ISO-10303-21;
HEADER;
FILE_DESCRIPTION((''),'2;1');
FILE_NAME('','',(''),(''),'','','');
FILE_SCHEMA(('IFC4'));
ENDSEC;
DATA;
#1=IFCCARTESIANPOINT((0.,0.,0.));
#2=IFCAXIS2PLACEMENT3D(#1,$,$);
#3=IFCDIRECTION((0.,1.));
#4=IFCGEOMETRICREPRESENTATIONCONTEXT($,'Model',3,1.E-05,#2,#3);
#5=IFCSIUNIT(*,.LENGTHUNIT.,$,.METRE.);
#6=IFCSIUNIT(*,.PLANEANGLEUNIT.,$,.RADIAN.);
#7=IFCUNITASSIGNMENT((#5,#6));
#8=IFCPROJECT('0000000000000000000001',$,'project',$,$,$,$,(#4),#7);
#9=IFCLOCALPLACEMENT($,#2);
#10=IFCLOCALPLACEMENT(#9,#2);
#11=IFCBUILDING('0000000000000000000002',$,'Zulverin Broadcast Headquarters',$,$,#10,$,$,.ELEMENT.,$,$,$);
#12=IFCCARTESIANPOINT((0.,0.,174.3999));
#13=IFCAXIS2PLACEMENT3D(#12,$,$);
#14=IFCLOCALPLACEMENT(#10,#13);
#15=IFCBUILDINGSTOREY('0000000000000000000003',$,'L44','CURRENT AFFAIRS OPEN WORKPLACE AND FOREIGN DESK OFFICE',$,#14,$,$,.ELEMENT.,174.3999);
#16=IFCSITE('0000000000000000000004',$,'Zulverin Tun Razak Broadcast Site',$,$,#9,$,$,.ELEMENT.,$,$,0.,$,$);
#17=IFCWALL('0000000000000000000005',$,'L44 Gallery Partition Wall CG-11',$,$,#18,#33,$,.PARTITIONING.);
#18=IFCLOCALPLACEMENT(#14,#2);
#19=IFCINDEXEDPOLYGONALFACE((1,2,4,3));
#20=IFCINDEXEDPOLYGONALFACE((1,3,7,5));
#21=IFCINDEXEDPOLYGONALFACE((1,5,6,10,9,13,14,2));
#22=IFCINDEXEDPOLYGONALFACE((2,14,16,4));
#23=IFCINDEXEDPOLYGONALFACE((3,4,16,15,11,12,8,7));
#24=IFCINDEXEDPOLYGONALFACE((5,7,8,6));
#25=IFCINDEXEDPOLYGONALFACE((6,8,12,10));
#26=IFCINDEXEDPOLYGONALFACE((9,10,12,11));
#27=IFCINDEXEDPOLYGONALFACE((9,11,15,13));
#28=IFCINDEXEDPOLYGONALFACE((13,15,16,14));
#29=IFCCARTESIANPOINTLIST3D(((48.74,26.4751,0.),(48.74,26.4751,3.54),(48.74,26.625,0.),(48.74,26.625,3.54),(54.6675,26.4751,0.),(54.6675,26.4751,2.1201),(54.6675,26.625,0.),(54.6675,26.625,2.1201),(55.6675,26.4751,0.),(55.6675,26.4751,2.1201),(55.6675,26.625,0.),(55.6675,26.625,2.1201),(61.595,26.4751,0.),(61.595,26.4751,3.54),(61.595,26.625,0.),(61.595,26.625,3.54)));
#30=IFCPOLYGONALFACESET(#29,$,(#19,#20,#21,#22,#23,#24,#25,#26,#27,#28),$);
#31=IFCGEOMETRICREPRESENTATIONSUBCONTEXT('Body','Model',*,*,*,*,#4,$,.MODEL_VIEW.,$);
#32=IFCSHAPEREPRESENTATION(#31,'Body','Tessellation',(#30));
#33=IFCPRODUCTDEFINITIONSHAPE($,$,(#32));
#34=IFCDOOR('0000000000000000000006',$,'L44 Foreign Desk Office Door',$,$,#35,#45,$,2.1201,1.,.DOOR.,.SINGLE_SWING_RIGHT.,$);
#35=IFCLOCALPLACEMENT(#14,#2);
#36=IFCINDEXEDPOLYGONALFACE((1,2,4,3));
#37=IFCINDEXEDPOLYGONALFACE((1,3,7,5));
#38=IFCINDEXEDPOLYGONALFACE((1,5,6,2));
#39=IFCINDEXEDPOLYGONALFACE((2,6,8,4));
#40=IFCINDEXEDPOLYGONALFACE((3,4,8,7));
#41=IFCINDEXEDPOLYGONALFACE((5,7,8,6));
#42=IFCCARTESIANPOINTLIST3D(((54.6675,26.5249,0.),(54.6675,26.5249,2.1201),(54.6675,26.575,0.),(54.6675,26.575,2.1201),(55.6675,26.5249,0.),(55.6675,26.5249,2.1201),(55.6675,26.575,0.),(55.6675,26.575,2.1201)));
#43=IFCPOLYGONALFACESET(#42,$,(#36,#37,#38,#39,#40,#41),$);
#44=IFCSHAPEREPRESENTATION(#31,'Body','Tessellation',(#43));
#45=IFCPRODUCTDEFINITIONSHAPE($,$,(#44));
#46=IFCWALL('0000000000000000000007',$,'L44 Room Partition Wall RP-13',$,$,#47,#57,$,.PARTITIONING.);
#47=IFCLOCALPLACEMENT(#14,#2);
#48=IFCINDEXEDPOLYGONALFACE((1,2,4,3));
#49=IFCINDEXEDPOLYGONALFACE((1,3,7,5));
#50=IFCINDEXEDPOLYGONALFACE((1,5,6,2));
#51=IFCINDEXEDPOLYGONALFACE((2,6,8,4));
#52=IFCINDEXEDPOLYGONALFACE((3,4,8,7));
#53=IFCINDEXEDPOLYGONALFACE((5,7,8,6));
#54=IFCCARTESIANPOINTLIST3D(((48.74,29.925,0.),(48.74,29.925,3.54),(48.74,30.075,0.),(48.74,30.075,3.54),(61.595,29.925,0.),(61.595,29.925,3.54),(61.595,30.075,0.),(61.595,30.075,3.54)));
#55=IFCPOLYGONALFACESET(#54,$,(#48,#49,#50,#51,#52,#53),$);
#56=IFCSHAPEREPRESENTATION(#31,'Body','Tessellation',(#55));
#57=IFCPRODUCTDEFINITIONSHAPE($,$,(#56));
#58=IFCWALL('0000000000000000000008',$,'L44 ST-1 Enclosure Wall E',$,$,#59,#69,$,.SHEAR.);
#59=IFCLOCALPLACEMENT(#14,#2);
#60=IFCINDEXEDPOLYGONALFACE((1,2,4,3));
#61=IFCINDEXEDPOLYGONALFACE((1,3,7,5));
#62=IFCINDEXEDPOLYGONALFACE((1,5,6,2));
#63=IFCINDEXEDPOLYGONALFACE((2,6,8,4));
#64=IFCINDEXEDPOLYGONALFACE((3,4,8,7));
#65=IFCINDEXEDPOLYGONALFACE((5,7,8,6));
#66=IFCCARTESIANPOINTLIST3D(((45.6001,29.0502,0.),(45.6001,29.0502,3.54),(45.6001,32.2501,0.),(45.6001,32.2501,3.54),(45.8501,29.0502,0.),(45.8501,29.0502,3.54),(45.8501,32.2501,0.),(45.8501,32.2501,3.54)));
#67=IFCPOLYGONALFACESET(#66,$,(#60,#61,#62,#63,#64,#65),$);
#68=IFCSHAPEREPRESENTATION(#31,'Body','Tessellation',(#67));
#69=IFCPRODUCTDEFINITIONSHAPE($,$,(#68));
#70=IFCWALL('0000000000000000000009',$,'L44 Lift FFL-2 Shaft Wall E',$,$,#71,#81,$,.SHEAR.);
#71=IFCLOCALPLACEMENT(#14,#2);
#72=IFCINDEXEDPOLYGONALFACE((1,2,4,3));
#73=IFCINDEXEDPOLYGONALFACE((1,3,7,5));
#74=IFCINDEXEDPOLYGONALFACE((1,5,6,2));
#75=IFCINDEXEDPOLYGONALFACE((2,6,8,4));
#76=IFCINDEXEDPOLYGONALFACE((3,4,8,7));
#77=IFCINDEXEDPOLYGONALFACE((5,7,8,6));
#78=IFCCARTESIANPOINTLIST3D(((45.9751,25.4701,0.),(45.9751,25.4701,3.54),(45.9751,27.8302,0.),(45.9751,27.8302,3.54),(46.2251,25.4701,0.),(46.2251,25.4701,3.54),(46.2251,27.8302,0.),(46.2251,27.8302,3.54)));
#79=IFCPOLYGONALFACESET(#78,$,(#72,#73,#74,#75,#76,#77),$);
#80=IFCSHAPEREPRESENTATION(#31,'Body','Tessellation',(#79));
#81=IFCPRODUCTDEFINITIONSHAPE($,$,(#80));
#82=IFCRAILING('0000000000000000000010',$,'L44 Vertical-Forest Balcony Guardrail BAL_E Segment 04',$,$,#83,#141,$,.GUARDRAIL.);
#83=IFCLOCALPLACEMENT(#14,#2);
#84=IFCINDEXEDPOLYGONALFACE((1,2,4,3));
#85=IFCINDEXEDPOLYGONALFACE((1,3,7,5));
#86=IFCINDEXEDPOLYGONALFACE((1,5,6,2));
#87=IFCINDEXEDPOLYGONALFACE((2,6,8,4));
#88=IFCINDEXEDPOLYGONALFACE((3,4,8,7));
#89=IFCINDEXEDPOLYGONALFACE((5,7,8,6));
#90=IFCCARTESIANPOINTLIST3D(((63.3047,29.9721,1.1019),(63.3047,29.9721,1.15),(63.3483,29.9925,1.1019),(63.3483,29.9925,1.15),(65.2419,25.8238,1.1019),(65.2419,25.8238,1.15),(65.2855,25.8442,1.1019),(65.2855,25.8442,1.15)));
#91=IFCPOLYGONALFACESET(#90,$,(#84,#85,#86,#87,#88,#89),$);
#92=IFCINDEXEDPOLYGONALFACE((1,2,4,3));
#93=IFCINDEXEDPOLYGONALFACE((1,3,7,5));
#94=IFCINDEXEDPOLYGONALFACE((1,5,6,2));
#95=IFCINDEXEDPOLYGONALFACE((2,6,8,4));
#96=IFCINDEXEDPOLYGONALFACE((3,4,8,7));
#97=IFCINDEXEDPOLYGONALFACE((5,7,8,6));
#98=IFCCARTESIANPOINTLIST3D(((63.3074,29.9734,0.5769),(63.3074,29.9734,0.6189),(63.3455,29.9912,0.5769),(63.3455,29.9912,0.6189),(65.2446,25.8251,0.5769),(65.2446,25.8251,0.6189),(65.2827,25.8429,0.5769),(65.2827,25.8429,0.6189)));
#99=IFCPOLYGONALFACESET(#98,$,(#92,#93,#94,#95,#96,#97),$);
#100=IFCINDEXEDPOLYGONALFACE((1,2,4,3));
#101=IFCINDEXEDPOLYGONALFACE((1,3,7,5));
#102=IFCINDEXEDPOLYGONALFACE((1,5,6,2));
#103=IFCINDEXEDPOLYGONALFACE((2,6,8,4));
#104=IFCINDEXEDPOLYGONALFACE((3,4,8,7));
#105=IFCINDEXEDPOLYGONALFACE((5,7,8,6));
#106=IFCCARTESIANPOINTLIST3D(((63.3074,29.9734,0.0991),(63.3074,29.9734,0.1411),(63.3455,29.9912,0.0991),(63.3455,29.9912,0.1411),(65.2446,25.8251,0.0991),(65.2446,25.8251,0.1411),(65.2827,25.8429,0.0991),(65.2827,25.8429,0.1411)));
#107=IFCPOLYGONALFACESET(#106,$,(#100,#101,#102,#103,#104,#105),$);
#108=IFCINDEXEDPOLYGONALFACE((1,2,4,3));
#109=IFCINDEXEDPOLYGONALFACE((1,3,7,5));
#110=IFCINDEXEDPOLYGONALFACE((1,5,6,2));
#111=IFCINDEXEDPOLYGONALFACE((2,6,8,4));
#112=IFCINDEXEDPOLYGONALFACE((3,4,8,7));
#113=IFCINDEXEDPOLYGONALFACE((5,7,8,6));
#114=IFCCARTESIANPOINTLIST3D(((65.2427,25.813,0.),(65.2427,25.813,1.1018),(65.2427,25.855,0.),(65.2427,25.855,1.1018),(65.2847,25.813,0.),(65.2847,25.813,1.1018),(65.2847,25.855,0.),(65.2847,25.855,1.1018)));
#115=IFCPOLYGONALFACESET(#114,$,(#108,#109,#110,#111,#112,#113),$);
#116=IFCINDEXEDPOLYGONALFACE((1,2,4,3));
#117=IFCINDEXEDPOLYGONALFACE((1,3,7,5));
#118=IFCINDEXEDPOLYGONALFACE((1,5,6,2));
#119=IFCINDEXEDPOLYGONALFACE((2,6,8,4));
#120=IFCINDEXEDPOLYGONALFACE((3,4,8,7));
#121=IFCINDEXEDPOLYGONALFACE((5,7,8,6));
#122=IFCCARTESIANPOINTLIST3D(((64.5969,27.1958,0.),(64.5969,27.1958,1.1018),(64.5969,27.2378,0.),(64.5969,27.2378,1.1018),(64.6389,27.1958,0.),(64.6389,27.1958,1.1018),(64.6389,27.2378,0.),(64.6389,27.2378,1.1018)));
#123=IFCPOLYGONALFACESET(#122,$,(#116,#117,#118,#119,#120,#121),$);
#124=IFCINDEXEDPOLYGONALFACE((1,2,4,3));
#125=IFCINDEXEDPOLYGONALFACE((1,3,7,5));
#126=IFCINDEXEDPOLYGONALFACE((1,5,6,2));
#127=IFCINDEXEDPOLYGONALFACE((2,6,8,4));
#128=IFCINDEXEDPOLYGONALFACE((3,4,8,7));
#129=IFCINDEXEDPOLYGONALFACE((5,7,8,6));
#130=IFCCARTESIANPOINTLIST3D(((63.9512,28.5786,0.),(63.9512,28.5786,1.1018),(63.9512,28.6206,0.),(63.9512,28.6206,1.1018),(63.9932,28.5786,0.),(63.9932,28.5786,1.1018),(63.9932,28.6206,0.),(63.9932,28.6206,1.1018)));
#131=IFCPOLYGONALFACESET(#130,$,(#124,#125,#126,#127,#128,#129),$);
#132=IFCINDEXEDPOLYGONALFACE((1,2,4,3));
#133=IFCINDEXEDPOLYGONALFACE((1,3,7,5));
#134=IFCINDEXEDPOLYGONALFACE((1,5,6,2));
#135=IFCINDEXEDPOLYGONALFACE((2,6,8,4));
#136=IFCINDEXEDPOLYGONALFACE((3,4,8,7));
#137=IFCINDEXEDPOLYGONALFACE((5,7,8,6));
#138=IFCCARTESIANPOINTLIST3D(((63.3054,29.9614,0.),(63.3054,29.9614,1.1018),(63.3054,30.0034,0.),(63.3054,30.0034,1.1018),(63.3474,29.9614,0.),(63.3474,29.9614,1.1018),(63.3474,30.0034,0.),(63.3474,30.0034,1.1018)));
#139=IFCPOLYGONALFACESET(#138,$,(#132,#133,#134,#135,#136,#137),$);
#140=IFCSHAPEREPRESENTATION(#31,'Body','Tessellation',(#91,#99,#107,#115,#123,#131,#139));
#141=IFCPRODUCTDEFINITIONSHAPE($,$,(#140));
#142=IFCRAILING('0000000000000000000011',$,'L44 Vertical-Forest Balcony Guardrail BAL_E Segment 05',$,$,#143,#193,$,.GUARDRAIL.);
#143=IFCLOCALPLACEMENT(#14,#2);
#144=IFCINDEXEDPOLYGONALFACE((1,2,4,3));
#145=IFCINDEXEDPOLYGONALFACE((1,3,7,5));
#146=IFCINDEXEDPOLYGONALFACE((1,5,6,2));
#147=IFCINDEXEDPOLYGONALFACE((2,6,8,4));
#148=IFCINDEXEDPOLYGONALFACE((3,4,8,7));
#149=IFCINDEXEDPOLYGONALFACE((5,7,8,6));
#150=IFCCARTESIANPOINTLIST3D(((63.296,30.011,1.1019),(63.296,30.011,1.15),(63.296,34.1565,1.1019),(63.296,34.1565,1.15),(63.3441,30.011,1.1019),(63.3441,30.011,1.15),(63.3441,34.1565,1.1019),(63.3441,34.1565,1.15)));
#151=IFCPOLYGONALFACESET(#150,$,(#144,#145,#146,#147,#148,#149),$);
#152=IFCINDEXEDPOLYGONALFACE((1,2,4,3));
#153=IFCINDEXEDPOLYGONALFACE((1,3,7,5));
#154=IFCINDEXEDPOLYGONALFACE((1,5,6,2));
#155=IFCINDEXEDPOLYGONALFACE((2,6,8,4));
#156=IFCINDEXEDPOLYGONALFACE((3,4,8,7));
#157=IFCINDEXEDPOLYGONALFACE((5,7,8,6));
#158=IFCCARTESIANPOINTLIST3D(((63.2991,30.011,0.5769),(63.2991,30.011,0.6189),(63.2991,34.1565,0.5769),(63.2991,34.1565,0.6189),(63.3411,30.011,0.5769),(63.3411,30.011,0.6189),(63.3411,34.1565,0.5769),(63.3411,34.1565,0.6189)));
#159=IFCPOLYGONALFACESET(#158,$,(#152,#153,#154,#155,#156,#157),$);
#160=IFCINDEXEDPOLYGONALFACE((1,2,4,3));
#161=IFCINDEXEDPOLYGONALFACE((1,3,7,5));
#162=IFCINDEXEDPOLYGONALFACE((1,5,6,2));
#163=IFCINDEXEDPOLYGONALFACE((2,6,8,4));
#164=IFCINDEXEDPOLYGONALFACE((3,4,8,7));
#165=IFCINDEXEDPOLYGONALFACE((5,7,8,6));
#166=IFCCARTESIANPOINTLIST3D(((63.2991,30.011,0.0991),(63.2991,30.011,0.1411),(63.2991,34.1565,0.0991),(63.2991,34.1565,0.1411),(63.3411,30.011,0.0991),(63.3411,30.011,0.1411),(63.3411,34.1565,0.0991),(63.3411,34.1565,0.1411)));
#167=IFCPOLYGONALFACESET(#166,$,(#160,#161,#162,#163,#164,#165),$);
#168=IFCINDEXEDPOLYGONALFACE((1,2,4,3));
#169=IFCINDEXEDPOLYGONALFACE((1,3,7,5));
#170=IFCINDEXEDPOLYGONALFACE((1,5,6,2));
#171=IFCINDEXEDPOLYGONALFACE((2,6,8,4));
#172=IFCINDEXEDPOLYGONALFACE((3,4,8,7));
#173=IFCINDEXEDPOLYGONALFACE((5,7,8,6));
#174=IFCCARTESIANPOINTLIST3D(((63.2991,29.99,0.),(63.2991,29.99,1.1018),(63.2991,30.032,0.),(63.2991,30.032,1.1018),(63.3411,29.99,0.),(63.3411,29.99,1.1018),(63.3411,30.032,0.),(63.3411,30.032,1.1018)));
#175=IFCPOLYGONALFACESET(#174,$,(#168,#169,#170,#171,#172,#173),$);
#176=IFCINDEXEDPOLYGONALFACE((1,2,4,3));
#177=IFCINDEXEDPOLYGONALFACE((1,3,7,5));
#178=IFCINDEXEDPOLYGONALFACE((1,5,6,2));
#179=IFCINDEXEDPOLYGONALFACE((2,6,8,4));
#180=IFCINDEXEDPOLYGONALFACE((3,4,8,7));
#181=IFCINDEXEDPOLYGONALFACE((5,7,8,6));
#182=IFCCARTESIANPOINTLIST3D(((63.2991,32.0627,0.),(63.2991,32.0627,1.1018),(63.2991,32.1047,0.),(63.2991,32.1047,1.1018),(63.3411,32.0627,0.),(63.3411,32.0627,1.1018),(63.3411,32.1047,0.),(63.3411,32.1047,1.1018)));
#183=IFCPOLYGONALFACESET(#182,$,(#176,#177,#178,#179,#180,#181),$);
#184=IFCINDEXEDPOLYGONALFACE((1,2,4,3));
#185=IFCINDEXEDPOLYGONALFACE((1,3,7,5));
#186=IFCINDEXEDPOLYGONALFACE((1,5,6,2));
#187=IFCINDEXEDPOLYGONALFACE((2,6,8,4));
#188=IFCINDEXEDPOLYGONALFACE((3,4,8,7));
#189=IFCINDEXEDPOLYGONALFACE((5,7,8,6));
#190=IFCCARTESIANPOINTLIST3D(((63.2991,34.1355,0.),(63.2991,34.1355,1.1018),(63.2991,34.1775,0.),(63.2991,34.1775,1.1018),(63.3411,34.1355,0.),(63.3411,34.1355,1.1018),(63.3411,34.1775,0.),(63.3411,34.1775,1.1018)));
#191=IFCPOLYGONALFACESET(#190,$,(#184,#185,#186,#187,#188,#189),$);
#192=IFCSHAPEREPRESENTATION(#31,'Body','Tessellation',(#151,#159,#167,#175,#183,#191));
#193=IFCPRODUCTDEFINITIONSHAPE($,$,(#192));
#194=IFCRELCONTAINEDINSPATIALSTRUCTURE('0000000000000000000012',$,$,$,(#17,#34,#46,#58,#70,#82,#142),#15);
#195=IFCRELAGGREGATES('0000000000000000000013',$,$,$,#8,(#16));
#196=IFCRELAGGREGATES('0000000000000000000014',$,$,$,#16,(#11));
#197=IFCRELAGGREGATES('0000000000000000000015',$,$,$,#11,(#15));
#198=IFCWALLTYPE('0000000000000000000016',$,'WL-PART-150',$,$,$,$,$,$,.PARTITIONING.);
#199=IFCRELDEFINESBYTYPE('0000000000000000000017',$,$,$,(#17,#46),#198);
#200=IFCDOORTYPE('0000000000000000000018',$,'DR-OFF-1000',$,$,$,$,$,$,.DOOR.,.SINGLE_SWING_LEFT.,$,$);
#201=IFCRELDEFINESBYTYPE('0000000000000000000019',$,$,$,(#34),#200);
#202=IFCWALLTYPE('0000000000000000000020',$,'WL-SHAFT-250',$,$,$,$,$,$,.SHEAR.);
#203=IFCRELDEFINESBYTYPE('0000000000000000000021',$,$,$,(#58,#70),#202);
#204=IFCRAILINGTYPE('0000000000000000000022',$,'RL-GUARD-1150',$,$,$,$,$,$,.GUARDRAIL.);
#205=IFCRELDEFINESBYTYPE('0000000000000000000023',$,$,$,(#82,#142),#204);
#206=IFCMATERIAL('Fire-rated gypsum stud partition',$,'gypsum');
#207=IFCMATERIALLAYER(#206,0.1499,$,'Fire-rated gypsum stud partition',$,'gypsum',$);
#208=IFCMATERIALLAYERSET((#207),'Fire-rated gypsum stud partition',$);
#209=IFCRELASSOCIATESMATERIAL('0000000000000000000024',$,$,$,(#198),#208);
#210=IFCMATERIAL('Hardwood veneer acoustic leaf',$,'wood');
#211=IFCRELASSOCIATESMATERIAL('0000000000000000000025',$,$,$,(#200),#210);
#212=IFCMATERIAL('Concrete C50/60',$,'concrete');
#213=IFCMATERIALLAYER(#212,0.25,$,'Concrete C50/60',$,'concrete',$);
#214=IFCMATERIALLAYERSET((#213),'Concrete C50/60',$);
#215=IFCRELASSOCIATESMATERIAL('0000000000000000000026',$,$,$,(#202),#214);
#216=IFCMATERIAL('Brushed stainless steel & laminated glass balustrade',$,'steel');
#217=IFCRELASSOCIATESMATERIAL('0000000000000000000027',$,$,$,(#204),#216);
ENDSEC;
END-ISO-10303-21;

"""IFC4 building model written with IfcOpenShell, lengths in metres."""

from ifc_helpers import new_model, si_unit, direction, frame, frame_2d, origin, origin_2d, place, context, subcontext, project, spatial, rectangle, extrude, material, layer, layer_set, type_object, element, fill, save


model = new_model("IFC4")

# Units and contexts
model_context = context("Model", 3, precision=1e-05, world=origin(), true_north=direction((0.0, 1.0)))
body_context = subcontext(model_context, "Body", "Model", "MODEL_VIEW")
ifc_project = project(units=[si_unit("LENGTHUNIT", "METRE"), si_unit("PLANEANGLEUNIT", "RADIAN")], contexts=[model_context])

# Site, building, storey
site_placement = place(None, origin())
site = spatial("IfcSite", under=ifc_project, at=site_placement, Name="Zulverin Tun Razak Broadcast Site", CompositionType="ELEMENT", RefElevation=0.0)
building_placement = place(site_placement, origin())
building = spatial("IfcBuilding", under=site, at=building_placement, Name="Zulverin Broadcast Headquarters", CompositionType="ELEMENT")
storey_placement = place(building_placement, frame((0.0, 0.0, 174.3999)))
storey = spatial("IfcBuildingStorey", under=building, at=storey_placement, Name="L44", Description="CURRENT AFFAIRS OPEN WORKPLACE AND FOREIGN DESK OFFICE", CompositionType="ELEMENT", Elevation=174.3999)

# Shared definitions
ifc_material_1 = material(Name="Concrete C50/60", Category="concrete")

# Wall, opening, door
ifc_material_2 = material(Name="Fire-rated gypsum stud partition", Category="gypsum")
ifc_layer_1 = layer(ifc_material_2, 0.1499, Name="Fire-rated gypsum stud partition", Category="gypsum")
ifc_layer_set_1 = layer_set([ifc_layer_1], Name="Fire-rated gypsum stud partition")
wall_type_1 = type_object("IfcWallType", Name="WL-PART-150", PredefinedType="PARTITIONING", material=ifc_layer_set_1)
wall_1_placement = place(storey_placement, frame((48.74, 26.55, 0.0), z_axis=(0.0, 0.0, 1.0), x_axis=(1.0, 0.0, 0.0)))
wall_1 = element("IfcWall", 1, at=wall_1_placement, inside=storey, type_object=wall_type_1, Name="L44 Gallery Partition Wall CG-11", PredefinedType="PARTITIONING", context=body_context, shape_type="SweptSolid", body=[
    extrude(rectangle(XDim=12.855, YDim=0.1499, at=frame_2d((6.4275, 0.0))), origin(), (0.0, 0.0, 1.0), 3.54),
])
opening_placement = place(wall_1_placement, frame((5.9275, 0.0, 0.0)))
opening = element("IfcOpeningElement", 2, at=opening_placement, cuts=wall_1, PredefinedType="OPENING", context=body_context, shape_type="SweptSolid", body=[
    extrude(rectangle(XDim=1.0, YDim=2.1201, at=frame_2d((0.5, 1.0601))), frame((0.0, 0.085, 0.0), z_axis=(0.0, -1.0, 0.0), x_axis=(1.0, 0.0, 0.0)), (0.0, 0.0, 1.0), 0.1699),
])
ifc_material_3 = material(Name="Hardwood veneer acoustic leaf", Category="wood")
door_type = type_object("IfcDoorType", Name="DR-OFF-1000", OperationType="SINGLE_SWING_LEFT", PredefinedType="DOOR", material=ifc_material_3)
door_placement = place(opening_placement, origin())
door = element("IfcDoor", 3, at=door_placement, inside=storey, type_object=door_type, Name="L44 Foreign Desk Office Door", OperationType="SINGLE_SWING_RIGHT", OverallHeight=2.1201, OverallWidth=1.0, PredefinedType="DOOR", context=body_context, shape_type="SweptSolid", body=[
    extrude(rectangle(XDim=1.0, YDim=2.1201, at=frame_2d((0.5, 1.0601))), frame((0.0, 0.0249, 0.0), z_axis=(0.0, -1.0, 0.0), x_axis=(1.0, 0.0, 0.0)), (0.0, 0.0, 1.0), 0.05),
])
fill(opening, door)

# Walls
wall_2_placement = place(storey_placement, frame((48.74, 30.0, 0.0), z_axis=(0.0, 0.0, 1.0), x_axis=(1.0, 0.0, 0.0)))
element("IfcWall", 4, at=wall_2_placement, inside=storey, type_object=wall_type_1, Name="L44 Room Partition Wall RP-13", PredefinedType="PARTITIONING", context=body_context, shape_type="SweptSolid", body=[
    extrude(rectangle(XDim=12.855, YDim=0.1499, at=frame_2d((6.4275, 0.0))), origin(), (0.0, 0.0, 1.0), 3.54),
])
ifc_layer_2 = layer(ifc_material_1, 0.25, Name="Concrete C50/60", Category="concrete")
ifc_layer_set_2 = layer_set([ifc_layer_2], Name="Concrete C50/60")
wall_type_2 = type_object("IfcWallType", Name="WL-SHAFT-250", PredefinedType="SHEAR", material=ifc_layer_set_2)
wall_3_placement = place(storey_placement, frame((45.7251, 29.05, 0.0), z_axis=(0.0, 0.0, 1.0), x_axis=(0.0, 1.0, 0.0)))
element("IfcWall", 5, at=wall_3_placement, inside=storey, type_object=wall_type_2, Name="L44 ST-1 Enclosure Wall E", PredefinedType="SHEAR", context=body_context, shape_type="SweptSolid", body=[
    extrude(rectangle(XDim=3.2, YDim=0.25, at=frame_2d((1.6001, 0.0))), origin(), (0.0, 0.0, 1.0), 3.54),
])
wall_4_placement = place(storey_placement, frame((46.1001, 25.47, 0.0), z_axis=(0.0, 0.0, 1.0), x_axis=(0.0, 1.0, 0.0)))
element("IfcWall", 6, at=wall_4_placement, inside=storey, type_object=wall_type_2, Name="L44 Lift FFL-2 Shaft Wall E", PredefinedType="SHEAR", context=body_context, shape_type="SweptSolid", body=[
    extrude(rectangle(XDim=2.3601, YDim=0.25, at=frame_2d((1.1802, 0.0))), origin(), (0.0, 0.0, 1.0), 3.54),
])

# Railings
ifc_material_4 = material(Name="Brushed stainless steel & laminated glass balustrade", Category="steel")
railing_type = type_object("IfcRailingType", Name="RL-GUARD-1150", PredefinedType="GUARDRAIL", material=ifc_material_4)
railing_1_placement = place(storey_placement, frame((65.2637, 25.834, 0.0)))
element("IfcRailing", 7, at=railing_1_placement, inside=storey, type_object=railing_type, Name="L44 Vertical-Forest Balcony Guardrail BAL_E Segment 04", PredefinedType="GUARDRAIL", context=body_context, shape_type="SweptSolid", body=[
    extrude(rectangle(XDim=0.0481, YDim=0.0481, at=origin_2d()), frame((0.0, 0.0, 1.126), z_axis=(-0.423122, 0.906073, 0.0), x_axis=(-0.906073, -0.423122, 0.0)), (0.0, 0.0, 1.0), 4.5784),
    extrude(rectangle(XDim=0.042, YDim=0.042, at=origin_2d()), frame((0.0, 0.0, 0.5979), z_axis=(-0.423122, 0.906073, 0.0), x_axis=(-0.906073, -0.423122, 0.0)), (0.0, 0.0, 1.0), 4.5784),
    extrude(rectangle(XDim=0.042, YDim=0.042, at=origin_2d()), frame((0.0, 0.0, 0.1201), z_axis=(-0.423122, 0.906073, 0.0), x_axis=(-0.906073, -0.423122, 0.0)), (0.0, 0.0, 1.0), 4.5784),
    extrude(rectangle(XDim=0.042, YDim=0.042, at=origin_2d()), origin(), (0.0, 0.0, 1.0), 1.1018),
    extrude(rectangle(XDim=0.042, YDim=0.042, at=origin_2d()), frame((-0.6458, 1.3828, 0.0)), (0.0, 0.0, 1.0), 1.1018),
    extrude(rectangle(XDim=0.042, YDim=0.042, at=origin_2d()), frame((-1.2915, 2.7656, 0.0)), (0.0, 0.0, 1.0), 1.1018),
    extrude(rectangle(XDim=0.042, YDim=0.042, at=origin_2d()), frame((-1.9373, 4.1484, 0.0)), (0.0, 0.0, 1.0), 1.1018),
])
railing_2_placement = place(storey_placement, frame((63.3201, 30.011, 0.0)))
element("IfcRailing", 8, at=railing_2_placement, inside=storey, type_object=railing_type, Name="L44 Vertical-Forest Balcony Guardrail BAL_E Segment 05", PredefinedType="GUARDRAIL", context=body_context, shape_type="SweptSolid", body=[
    extrude(rectangle(XDim=0.0481, YDim=0.0481, at=origin_2d()), frame((0.0, 0.0, 1.126), z_axis=(0.0, 1.0, 0.0), x_axis=(-1.0, 0.0, 0.0)), (0.0, 0.0, 1.0), 4.1455),
    extrude(rectangle(XDim=0.042, YDim=0.042, at=origin_2d()), frame((0.0, 0.0, 0.5979), z_axis=(0.0, 1.0, 0.0), x_axis=(-1.0, 0.0, 0.0)), (0.0, 0.0, 1.0), 4.1455),
    extrude(rectangle(XDim=0.042, YDim=0.042, at=origin_2d()), frame((0.0, 0.0, 0.1201), z_axis=(0.0, 1.0, 0.0), x_axis=(-1.0, 0.0, 0.0)), (0.0, 0.0, 1.0), 4.1455),
    extrude(rectangle(XDim=0.042, YDim=0.042, at=origin_2d()), origin(), (0.0, 0.0, 1.0), 1.1018),
    extrude(rectangle(XDim=0.042, YDim=0.042, at=origin_2d()), frame((0.0, 2.0728, 0.0)), (0.0, 0.0, 1.0), 1.1018),
    extrude(rectangle(XDim=0.042, YDim=0.042, at=origin_2d()), frame((0.0, 4.1455, 0.0)), (0.0, 0.0, 1.0), 1.1018),
])

save(model, "model.ifc")
